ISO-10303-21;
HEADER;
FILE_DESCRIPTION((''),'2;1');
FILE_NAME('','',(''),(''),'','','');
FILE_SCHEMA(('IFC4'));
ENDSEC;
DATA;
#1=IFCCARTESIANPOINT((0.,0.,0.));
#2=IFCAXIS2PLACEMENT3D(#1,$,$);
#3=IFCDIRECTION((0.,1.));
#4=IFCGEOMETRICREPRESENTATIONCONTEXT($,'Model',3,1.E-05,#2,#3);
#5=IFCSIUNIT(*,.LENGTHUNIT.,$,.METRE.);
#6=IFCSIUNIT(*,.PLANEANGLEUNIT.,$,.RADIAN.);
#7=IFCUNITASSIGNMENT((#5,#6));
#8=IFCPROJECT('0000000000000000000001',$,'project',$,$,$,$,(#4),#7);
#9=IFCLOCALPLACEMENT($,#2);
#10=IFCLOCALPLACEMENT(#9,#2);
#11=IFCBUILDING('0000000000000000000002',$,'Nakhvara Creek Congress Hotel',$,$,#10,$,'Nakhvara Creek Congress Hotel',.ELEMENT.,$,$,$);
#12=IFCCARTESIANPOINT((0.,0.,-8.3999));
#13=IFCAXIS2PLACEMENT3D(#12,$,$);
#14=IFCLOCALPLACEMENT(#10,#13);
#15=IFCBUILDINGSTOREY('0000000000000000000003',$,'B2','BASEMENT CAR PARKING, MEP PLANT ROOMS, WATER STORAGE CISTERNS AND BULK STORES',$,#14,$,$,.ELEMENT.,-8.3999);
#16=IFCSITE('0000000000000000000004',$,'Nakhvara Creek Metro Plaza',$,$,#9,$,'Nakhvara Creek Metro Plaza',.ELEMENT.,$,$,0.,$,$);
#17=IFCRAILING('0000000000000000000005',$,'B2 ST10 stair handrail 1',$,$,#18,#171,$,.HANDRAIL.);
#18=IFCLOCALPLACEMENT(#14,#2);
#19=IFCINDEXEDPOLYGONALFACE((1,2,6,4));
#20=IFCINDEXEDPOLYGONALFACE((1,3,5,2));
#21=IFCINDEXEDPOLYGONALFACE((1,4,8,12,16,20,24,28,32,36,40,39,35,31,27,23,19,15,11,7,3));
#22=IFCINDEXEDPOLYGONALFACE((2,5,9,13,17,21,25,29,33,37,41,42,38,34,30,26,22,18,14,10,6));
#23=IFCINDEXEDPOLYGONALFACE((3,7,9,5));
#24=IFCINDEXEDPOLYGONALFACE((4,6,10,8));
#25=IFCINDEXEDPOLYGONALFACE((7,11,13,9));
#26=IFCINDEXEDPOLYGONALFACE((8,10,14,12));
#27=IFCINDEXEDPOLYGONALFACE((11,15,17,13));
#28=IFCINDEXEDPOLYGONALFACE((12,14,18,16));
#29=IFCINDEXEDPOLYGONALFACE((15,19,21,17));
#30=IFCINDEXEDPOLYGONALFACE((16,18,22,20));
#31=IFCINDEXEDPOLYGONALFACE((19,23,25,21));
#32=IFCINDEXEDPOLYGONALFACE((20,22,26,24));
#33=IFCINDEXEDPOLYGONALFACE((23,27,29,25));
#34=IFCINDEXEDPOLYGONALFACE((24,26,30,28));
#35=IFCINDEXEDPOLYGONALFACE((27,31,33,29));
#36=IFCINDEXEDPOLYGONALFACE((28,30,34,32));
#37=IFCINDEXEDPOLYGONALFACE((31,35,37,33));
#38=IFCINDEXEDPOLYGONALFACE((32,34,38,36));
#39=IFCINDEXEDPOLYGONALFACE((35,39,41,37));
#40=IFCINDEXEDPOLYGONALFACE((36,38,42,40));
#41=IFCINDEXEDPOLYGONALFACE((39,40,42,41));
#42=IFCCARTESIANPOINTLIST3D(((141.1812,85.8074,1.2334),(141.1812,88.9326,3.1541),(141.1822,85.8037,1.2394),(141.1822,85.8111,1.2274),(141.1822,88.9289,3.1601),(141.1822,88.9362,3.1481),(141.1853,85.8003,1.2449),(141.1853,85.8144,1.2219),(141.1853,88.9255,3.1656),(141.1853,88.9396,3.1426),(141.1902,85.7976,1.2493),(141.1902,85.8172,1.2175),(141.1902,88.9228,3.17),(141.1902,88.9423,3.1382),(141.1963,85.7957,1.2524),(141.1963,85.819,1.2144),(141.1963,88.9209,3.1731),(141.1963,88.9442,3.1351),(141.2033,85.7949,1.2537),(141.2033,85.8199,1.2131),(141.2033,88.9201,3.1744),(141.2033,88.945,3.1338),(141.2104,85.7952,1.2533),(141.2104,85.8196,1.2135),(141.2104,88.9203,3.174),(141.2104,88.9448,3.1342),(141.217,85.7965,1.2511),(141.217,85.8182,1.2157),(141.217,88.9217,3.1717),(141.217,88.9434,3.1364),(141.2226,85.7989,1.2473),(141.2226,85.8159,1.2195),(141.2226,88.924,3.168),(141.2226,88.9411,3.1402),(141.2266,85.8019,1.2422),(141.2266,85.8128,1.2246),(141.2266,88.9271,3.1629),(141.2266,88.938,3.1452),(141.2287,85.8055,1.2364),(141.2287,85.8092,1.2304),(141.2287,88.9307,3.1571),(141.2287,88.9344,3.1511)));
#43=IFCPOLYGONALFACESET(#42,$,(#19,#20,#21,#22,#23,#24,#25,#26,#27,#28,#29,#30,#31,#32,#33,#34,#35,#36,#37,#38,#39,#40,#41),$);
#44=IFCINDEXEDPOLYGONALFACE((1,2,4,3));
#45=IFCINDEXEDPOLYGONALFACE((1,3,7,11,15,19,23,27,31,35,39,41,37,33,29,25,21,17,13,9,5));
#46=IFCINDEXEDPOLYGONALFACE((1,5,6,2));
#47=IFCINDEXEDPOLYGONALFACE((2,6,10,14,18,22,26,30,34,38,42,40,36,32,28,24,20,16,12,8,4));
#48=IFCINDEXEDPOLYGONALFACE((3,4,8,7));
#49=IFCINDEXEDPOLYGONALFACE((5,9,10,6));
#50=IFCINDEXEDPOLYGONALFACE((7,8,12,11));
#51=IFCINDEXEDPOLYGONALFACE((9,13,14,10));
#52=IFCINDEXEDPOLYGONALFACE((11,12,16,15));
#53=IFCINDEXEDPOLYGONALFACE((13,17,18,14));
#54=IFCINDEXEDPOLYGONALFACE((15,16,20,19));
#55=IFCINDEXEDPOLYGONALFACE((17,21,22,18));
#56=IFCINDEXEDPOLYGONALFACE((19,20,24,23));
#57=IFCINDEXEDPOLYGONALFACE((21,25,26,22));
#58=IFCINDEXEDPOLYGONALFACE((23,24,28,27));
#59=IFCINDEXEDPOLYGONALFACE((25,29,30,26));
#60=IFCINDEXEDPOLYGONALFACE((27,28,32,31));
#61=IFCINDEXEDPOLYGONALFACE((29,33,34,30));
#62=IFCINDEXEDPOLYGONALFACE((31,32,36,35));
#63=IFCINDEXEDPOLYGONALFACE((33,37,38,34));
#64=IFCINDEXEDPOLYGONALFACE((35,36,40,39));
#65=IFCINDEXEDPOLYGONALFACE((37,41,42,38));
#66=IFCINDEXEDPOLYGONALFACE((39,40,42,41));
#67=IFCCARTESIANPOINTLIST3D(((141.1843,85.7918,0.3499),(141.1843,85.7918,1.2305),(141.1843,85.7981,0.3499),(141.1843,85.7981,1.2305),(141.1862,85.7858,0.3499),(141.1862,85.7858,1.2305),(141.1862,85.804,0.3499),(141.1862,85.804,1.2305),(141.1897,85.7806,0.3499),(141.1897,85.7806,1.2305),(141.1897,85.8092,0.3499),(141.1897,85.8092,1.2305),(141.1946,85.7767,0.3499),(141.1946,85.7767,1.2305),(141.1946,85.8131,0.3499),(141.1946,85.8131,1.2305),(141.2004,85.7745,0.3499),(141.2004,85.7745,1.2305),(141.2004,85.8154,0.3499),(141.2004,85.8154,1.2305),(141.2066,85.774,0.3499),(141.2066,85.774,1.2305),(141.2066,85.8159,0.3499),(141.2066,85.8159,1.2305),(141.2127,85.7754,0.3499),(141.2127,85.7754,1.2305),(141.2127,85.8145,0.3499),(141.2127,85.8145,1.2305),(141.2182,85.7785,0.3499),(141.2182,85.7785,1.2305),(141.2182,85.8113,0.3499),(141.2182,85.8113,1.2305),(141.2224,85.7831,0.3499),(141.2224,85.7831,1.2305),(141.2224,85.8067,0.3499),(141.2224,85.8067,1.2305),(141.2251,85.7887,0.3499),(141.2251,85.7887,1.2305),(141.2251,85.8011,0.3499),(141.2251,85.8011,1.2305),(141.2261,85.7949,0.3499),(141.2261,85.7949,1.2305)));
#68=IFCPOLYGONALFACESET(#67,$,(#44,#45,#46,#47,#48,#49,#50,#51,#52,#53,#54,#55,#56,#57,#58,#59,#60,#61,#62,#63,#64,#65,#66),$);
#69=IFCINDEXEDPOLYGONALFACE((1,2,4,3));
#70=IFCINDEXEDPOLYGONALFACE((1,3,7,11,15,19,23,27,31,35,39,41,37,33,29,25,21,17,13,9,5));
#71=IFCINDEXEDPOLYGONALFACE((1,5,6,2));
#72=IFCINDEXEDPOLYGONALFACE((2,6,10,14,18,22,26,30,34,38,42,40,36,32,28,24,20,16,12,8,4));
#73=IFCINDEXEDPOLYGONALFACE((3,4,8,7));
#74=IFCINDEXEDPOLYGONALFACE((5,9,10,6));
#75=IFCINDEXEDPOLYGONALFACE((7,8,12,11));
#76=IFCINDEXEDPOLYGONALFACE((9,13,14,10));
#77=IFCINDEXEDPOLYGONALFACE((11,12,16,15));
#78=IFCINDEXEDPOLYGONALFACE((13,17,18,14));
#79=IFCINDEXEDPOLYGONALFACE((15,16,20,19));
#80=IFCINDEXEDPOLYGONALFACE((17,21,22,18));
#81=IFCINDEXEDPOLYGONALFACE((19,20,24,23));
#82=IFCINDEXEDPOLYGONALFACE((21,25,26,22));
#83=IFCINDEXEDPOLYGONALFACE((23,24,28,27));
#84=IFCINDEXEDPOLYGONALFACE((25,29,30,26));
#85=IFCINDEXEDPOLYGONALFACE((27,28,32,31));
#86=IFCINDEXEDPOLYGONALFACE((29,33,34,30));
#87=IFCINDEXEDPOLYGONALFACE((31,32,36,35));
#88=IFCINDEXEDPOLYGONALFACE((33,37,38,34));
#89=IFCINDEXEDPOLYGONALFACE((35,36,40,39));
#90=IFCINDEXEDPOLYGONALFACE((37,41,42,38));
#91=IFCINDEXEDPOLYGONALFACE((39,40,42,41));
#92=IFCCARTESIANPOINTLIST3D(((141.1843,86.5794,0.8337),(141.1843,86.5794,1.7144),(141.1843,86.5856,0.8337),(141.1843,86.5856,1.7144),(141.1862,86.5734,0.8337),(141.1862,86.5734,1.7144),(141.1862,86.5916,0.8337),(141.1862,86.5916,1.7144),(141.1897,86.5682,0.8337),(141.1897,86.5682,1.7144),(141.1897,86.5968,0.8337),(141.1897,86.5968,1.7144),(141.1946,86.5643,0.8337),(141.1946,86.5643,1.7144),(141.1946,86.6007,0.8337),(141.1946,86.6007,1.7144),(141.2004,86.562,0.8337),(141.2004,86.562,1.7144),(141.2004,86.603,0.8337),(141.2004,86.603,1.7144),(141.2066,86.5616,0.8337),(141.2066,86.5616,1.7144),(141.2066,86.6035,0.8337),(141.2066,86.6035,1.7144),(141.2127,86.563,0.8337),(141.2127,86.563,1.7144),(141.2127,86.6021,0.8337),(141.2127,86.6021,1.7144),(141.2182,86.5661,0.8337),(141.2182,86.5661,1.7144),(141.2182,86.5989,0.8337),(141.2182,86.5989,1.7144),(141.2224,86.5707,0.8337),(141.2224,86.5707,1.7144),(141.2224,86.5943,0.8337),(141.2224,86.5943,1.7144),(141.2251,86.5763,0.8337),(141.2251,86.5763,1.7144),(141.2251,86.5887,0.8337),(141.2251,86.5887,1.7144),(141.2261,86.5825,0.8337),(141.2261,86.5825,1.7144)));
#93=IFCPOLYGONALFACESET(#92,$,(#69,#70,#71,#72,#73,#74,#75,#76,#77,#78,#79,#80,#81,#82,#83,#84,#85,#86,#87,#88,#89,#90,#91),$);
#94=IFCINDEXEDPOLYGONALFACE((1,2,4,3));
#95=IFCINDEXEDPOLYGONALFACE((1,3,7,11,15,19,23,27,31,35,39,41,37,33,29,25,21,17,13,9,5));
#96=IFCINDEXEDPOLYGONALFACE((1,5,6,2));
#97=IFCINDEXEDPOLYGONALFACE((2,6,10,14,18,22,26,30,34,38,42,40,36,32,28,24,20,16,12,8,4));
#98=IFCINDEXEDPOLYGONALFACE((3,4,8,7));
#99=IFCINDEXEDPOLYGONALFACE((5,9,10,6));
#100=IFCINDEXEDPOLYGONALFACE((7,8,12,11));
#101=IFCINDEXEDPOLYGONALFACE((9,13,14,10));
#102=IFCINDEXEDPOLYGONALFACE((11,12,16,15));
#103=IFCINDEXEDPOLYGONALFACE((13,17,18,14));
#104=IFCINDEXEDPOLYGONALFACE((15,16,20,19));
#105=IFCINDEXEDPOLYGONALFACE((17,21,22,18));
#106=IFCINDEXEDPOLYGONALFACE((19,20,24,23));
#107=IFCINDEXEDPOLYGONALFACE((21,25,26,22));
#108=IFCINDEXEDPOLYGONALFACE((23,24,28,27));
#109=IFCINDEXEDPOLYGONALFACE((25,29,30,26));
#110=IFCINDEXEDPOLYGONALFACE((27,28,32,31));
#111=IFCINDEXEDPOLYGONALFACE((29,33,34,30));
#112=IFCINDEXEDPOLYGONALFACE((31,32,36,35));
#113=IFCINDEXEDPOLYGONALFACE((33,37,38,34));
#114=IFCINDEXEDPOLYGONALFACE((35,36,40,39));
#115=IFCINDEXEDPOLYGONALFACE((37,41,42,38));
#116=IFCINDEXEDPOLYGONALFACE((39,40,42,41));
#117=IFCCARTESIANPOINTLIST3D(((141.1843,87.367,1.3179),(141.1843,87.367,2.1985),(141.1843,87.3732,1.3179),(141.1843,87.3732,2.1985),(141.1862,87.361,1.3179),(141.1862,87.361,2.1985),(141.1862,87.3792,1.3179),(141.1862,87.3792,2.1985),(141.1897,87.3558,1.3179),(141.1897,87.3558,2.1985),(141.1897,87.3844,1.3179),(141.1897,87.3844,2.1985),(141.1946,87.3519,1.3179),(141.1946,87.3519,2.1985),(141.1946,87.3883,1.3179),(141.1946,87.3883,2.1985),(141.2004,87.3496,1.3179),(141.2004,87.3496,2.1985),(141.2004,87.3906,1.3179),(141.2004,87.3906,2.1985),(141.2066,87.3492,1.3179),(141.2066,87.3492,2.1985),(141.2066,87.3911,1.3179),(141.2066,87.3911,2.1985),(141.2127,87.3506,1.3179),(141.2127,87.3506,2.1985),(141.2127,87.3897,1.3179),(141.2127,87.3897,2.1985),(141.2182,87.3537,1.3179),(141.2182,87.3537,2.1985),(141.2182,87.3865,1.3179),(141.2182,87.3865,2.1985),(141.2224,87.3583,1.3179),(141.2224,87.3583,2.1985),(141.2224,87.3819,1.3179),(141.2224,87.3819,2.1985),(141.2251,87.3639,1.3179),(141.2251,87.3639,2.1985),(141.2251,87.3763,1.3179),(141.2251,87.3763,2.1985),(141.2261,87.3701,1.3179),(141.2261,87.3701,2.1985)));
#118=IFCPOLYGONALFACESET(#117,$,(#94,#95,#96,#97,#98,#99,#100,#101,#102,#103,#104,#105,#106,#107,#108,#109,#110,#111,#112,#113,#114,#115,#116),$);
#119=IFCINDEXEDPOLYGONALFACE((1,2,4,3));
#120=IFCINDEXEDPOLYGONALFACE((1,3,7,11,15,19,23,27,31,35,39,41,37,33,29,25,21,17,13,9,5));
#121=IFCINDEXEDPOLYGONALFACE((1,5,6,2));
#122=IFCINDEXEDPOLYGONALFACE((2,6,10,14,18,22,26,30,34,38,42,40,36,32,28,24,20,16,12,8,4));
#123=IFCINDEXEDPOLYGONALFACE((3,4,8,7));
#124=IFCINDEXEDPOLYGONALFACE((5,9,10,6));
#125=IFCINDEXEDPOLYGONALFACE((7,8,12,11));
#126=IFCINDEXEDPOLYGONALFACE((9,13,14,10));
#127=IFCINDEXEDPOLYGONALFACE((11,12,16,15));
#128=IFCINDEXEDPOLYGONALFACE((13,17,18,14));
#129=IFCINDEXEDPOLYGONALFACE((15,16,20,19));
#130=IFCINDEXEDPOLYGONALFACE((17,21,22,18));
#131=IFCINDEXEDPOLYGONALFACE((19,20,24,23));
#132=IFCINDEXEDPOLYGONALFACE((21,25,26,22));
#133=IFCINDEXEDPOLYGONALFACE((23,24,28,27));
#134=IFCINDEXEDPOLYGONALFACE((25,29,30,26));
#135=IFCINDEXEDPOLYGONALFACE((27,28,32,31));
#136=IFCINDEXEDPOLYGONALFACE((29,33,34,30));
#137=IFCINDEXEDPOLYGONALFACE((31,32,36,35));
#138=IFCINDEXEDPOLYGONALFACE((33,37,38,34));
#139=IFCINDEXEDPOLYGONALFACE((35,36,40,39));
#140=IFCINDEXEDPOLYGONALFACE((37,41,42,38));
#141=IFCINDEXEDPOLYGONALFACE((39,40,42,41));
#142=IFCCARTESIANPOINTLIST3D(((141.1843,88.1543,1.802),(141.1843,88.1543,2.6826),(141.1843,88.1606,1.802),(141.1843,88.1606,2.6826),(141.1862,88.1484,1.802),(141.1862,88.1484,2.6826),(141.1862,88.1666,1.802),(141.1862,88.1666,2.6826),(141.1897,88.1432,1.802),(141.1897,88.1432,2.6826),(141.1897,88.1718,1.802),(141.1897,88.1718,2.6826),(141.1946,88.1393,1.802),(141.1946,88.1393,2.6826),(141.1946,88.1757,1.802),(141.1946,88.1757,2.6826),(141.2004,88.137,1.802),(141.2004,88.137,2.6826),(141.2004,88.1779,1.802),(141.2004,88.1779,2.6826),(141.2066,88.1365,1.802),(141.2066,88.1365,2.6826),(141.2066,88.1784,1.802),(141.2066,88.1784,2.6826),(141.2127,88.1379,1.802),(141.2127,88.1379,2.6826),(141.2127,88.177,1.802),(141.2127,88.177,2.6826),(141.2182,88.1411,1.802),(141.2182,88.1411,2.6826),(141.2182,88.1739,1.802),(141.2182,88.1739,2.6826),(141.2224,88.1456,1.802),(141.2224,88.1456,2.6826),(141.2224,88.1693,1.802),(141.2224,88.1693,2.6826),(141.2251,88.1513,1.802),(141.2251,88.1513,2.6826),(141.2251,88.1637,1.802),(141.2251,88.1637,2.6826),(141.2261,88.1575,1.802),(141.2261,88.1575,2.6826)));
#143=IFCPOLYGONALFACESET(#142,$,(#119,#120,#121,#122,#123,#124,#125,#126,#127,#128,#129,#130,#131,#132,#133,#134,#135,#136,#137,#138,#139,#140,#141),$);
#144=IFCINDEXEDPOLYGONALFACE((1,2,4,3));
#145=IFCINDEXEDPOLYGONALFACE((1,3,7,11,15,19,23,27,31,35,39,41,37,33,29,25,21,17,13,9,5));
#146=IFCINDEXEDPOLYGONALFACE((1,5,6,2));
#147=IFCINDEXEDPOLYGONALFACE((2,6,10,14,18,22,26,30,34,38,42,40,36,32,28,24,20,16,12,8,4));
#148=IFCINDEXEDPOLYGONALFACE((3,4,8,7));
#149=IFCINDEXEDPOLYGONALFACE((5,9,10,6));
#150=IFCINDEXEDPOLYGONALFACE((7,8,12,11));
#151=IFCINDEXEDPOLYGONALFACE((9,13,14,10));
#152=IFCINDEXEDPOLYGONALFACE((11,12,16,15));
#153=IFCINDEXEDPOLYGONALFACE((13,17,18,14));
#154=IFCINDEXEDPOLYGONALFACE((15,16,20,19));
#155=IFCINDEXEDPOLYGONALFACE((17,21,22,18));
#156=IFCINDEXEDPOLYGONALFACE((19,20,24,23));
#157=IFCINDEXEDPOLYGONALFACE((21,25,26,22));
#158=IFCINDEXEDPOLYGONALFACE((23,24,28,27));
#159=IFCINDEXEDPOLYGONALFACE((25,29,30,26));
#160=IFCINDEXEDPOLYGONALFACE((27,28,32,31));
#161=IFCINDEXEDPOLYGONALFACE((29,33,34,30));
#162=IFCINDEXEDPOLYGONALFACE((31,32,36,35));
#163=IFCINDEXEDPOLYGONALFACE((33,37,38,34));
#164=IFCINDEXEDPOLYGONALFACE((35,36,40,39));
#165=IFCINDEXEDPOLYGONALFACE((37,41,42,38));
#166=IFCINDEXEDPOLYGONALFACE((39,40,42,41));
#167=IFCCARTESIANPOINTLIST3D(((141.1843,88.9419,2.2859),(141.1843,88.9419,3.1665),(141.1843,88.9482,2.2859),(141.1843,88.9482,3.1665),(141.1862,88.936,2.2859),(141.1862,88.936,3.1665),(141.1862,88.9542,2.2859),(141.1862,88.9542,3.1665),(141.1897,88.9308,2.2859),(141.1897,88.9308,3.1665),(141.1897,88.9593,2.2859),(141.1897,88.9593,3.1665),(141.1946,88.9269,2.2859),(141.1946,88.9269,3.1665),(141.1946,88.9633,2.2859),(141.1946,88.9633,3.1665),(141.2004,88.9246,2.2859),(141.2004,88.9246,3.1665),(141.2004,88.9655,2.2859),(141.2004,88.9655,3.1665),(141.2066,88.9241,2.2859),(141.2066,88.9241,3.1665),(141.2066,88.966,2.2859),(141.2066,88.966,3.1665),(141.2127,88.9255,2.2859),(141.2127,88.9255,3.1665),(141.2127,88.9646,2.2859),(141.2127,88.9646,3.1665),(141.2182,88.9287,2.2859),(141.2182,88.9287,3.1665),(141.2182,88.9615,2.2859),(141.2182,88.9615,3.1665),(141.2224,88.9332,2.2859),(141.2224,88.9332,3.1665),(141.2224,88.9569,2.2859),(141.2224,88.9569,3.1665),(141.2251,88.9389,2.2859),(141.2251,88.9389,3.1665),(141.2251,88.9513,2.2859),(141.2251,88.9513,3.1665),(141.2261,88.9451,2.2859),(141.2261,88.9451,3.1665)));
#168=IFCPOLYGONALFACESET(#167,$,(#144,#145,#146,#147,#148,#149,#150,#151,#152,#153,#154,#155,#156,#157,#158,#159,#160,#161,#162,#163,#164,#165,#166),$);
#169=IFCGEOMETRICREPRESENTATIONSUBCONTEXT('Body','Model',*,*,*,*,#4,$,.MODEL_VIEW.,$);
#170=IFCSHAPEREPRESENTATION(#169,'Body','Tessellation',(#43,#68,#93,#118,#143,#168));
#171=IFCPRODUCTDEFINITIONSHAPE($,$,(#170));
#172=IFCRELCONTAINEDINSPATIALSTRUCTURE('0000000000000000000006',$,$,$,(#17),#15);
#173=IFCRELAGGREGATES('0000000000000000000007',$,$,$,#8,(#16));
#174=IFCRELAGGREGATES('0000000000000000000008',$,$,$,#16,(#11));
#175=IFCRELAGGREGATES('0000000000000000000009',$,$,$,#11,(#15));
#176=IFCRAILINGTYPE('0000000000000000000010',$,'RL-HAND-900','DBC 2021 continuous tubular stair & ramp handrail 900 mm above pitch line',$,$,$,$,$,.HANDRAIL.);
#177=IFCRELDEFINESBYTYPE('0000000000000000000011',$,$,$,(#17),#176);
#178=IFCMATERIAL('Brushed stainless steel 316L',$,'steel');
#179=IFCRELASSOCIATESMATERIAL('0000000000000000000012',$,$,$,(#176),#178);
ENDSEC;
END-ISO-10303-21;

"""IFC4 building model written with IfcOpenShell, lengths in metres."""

from ifc_helpers import new_model, si_unit, direction, frame, origin, origin_2d, place, context, subcontext, project, spatial, circle, extrude, material, type_object, element, save


model = new_model("IFC4")

# Units and contexts
model_context = context("Model", 3, precision=1e-05, world=origin(), true_north=direction((0.0, 1.0)))
body_context = subcontext(model_context, "Body", "Model", "MODEL_VIEW")
ifc_project = project(units=[si_unit("LENGTHUNIT", "METRE"), si_unit("PLANEANGLEUNIT", "RADIAN")], contexts=[model_context])

# Site, building, storey
site_placement = place(None, origin())
site = spatial("IfcSite", under=ifc_project, at=site_placement, Name="Nakhvara Creek Metro Plaza", LongName="Nakhvara Creek Metro Plaza", CompositionType="ELEMENT", RefElevation=0.0)
building_placement = place(site_placement, origin())
building = spatial("IfcBuilding", under=site, at=building_placement, Name="Nakhvara Creek Congress Hotel", LongName="Nakhvara Creek Congress Hotel", CompositionType="ELEMENT")
storey_placement = place(building_placement, frame((0.0, 0.0, -8.3999)))
storey = spatial("IfcBuildingStorey", under=building, at=storey_placement, Name="B2", Description="BASEMENT CAR PARKING, MEP PLANT ROOMS, WATER STORAGE CISTERNS AND BULK STORES", CompositionType="ELEMENT", Elevation=-8.3999)

# Railing
ifc_material_1 = material(Name="Brushed stainless steel 316L", Category="steel")
railing_type_1 = type_object("IfcRailingType", Name="RL-HAND-900", Description="DBC 2021 continuous tubular stair & ramp handrail 900 mm above pitch line", PredefinedType="HANDRAIL", material=ifc_material_1)
railing_1_placement = place(storey_placement, frame((141.2051, 85.7949, 0.3499)))
element("IfcRailing", 1, at=railing_1_placement, inside=storey, type_object=railing_type_1, Name="B2 ST10 stair handrail 1", PredefinedType="HANDRAIL", context=body_context, shape_type="SweptSolid", body=[
    extrude(circle(Radius=0.0239, at=origin_2d()), frame((0.0, 0.0125, 0.8835), z_axis=(0.0, 0.851962, 0.523604), x_axis=(-1.0, 0.0, 0.0)), (0.0, 0.0, 1.0), 3.6682),
    extrude(circle(Radius=0.021, at=origin_2d()), origin(), (0.0, 0.0, 1.0), 0.8806),
    extrude(circle(Radius=0.021, at=origin_2d()), frame((0.0, 0.7876, 0.4839)), (0.0, 0.0, 1.0), 0.8806),
    extrude(circle(Radius=0.021, at=origin_2d()), frame((0.0, 1.5752, 0.968)), (0.0, 0.0, 1.0), 0.8806),
    extrude(circle(Radius=0.021, at=origin_2d()), frame((0.0, 2.3625, 1.4521)), (0.0, 0.0, 1.0), 0.8806),
    extrude(circle(Radius=0.021, at=origin_2d()), frame((0.0, 3.1501, 1.936)), (0.0, 0.0, 1.0), 0.8806),
])

save(model, "model.ifc")
